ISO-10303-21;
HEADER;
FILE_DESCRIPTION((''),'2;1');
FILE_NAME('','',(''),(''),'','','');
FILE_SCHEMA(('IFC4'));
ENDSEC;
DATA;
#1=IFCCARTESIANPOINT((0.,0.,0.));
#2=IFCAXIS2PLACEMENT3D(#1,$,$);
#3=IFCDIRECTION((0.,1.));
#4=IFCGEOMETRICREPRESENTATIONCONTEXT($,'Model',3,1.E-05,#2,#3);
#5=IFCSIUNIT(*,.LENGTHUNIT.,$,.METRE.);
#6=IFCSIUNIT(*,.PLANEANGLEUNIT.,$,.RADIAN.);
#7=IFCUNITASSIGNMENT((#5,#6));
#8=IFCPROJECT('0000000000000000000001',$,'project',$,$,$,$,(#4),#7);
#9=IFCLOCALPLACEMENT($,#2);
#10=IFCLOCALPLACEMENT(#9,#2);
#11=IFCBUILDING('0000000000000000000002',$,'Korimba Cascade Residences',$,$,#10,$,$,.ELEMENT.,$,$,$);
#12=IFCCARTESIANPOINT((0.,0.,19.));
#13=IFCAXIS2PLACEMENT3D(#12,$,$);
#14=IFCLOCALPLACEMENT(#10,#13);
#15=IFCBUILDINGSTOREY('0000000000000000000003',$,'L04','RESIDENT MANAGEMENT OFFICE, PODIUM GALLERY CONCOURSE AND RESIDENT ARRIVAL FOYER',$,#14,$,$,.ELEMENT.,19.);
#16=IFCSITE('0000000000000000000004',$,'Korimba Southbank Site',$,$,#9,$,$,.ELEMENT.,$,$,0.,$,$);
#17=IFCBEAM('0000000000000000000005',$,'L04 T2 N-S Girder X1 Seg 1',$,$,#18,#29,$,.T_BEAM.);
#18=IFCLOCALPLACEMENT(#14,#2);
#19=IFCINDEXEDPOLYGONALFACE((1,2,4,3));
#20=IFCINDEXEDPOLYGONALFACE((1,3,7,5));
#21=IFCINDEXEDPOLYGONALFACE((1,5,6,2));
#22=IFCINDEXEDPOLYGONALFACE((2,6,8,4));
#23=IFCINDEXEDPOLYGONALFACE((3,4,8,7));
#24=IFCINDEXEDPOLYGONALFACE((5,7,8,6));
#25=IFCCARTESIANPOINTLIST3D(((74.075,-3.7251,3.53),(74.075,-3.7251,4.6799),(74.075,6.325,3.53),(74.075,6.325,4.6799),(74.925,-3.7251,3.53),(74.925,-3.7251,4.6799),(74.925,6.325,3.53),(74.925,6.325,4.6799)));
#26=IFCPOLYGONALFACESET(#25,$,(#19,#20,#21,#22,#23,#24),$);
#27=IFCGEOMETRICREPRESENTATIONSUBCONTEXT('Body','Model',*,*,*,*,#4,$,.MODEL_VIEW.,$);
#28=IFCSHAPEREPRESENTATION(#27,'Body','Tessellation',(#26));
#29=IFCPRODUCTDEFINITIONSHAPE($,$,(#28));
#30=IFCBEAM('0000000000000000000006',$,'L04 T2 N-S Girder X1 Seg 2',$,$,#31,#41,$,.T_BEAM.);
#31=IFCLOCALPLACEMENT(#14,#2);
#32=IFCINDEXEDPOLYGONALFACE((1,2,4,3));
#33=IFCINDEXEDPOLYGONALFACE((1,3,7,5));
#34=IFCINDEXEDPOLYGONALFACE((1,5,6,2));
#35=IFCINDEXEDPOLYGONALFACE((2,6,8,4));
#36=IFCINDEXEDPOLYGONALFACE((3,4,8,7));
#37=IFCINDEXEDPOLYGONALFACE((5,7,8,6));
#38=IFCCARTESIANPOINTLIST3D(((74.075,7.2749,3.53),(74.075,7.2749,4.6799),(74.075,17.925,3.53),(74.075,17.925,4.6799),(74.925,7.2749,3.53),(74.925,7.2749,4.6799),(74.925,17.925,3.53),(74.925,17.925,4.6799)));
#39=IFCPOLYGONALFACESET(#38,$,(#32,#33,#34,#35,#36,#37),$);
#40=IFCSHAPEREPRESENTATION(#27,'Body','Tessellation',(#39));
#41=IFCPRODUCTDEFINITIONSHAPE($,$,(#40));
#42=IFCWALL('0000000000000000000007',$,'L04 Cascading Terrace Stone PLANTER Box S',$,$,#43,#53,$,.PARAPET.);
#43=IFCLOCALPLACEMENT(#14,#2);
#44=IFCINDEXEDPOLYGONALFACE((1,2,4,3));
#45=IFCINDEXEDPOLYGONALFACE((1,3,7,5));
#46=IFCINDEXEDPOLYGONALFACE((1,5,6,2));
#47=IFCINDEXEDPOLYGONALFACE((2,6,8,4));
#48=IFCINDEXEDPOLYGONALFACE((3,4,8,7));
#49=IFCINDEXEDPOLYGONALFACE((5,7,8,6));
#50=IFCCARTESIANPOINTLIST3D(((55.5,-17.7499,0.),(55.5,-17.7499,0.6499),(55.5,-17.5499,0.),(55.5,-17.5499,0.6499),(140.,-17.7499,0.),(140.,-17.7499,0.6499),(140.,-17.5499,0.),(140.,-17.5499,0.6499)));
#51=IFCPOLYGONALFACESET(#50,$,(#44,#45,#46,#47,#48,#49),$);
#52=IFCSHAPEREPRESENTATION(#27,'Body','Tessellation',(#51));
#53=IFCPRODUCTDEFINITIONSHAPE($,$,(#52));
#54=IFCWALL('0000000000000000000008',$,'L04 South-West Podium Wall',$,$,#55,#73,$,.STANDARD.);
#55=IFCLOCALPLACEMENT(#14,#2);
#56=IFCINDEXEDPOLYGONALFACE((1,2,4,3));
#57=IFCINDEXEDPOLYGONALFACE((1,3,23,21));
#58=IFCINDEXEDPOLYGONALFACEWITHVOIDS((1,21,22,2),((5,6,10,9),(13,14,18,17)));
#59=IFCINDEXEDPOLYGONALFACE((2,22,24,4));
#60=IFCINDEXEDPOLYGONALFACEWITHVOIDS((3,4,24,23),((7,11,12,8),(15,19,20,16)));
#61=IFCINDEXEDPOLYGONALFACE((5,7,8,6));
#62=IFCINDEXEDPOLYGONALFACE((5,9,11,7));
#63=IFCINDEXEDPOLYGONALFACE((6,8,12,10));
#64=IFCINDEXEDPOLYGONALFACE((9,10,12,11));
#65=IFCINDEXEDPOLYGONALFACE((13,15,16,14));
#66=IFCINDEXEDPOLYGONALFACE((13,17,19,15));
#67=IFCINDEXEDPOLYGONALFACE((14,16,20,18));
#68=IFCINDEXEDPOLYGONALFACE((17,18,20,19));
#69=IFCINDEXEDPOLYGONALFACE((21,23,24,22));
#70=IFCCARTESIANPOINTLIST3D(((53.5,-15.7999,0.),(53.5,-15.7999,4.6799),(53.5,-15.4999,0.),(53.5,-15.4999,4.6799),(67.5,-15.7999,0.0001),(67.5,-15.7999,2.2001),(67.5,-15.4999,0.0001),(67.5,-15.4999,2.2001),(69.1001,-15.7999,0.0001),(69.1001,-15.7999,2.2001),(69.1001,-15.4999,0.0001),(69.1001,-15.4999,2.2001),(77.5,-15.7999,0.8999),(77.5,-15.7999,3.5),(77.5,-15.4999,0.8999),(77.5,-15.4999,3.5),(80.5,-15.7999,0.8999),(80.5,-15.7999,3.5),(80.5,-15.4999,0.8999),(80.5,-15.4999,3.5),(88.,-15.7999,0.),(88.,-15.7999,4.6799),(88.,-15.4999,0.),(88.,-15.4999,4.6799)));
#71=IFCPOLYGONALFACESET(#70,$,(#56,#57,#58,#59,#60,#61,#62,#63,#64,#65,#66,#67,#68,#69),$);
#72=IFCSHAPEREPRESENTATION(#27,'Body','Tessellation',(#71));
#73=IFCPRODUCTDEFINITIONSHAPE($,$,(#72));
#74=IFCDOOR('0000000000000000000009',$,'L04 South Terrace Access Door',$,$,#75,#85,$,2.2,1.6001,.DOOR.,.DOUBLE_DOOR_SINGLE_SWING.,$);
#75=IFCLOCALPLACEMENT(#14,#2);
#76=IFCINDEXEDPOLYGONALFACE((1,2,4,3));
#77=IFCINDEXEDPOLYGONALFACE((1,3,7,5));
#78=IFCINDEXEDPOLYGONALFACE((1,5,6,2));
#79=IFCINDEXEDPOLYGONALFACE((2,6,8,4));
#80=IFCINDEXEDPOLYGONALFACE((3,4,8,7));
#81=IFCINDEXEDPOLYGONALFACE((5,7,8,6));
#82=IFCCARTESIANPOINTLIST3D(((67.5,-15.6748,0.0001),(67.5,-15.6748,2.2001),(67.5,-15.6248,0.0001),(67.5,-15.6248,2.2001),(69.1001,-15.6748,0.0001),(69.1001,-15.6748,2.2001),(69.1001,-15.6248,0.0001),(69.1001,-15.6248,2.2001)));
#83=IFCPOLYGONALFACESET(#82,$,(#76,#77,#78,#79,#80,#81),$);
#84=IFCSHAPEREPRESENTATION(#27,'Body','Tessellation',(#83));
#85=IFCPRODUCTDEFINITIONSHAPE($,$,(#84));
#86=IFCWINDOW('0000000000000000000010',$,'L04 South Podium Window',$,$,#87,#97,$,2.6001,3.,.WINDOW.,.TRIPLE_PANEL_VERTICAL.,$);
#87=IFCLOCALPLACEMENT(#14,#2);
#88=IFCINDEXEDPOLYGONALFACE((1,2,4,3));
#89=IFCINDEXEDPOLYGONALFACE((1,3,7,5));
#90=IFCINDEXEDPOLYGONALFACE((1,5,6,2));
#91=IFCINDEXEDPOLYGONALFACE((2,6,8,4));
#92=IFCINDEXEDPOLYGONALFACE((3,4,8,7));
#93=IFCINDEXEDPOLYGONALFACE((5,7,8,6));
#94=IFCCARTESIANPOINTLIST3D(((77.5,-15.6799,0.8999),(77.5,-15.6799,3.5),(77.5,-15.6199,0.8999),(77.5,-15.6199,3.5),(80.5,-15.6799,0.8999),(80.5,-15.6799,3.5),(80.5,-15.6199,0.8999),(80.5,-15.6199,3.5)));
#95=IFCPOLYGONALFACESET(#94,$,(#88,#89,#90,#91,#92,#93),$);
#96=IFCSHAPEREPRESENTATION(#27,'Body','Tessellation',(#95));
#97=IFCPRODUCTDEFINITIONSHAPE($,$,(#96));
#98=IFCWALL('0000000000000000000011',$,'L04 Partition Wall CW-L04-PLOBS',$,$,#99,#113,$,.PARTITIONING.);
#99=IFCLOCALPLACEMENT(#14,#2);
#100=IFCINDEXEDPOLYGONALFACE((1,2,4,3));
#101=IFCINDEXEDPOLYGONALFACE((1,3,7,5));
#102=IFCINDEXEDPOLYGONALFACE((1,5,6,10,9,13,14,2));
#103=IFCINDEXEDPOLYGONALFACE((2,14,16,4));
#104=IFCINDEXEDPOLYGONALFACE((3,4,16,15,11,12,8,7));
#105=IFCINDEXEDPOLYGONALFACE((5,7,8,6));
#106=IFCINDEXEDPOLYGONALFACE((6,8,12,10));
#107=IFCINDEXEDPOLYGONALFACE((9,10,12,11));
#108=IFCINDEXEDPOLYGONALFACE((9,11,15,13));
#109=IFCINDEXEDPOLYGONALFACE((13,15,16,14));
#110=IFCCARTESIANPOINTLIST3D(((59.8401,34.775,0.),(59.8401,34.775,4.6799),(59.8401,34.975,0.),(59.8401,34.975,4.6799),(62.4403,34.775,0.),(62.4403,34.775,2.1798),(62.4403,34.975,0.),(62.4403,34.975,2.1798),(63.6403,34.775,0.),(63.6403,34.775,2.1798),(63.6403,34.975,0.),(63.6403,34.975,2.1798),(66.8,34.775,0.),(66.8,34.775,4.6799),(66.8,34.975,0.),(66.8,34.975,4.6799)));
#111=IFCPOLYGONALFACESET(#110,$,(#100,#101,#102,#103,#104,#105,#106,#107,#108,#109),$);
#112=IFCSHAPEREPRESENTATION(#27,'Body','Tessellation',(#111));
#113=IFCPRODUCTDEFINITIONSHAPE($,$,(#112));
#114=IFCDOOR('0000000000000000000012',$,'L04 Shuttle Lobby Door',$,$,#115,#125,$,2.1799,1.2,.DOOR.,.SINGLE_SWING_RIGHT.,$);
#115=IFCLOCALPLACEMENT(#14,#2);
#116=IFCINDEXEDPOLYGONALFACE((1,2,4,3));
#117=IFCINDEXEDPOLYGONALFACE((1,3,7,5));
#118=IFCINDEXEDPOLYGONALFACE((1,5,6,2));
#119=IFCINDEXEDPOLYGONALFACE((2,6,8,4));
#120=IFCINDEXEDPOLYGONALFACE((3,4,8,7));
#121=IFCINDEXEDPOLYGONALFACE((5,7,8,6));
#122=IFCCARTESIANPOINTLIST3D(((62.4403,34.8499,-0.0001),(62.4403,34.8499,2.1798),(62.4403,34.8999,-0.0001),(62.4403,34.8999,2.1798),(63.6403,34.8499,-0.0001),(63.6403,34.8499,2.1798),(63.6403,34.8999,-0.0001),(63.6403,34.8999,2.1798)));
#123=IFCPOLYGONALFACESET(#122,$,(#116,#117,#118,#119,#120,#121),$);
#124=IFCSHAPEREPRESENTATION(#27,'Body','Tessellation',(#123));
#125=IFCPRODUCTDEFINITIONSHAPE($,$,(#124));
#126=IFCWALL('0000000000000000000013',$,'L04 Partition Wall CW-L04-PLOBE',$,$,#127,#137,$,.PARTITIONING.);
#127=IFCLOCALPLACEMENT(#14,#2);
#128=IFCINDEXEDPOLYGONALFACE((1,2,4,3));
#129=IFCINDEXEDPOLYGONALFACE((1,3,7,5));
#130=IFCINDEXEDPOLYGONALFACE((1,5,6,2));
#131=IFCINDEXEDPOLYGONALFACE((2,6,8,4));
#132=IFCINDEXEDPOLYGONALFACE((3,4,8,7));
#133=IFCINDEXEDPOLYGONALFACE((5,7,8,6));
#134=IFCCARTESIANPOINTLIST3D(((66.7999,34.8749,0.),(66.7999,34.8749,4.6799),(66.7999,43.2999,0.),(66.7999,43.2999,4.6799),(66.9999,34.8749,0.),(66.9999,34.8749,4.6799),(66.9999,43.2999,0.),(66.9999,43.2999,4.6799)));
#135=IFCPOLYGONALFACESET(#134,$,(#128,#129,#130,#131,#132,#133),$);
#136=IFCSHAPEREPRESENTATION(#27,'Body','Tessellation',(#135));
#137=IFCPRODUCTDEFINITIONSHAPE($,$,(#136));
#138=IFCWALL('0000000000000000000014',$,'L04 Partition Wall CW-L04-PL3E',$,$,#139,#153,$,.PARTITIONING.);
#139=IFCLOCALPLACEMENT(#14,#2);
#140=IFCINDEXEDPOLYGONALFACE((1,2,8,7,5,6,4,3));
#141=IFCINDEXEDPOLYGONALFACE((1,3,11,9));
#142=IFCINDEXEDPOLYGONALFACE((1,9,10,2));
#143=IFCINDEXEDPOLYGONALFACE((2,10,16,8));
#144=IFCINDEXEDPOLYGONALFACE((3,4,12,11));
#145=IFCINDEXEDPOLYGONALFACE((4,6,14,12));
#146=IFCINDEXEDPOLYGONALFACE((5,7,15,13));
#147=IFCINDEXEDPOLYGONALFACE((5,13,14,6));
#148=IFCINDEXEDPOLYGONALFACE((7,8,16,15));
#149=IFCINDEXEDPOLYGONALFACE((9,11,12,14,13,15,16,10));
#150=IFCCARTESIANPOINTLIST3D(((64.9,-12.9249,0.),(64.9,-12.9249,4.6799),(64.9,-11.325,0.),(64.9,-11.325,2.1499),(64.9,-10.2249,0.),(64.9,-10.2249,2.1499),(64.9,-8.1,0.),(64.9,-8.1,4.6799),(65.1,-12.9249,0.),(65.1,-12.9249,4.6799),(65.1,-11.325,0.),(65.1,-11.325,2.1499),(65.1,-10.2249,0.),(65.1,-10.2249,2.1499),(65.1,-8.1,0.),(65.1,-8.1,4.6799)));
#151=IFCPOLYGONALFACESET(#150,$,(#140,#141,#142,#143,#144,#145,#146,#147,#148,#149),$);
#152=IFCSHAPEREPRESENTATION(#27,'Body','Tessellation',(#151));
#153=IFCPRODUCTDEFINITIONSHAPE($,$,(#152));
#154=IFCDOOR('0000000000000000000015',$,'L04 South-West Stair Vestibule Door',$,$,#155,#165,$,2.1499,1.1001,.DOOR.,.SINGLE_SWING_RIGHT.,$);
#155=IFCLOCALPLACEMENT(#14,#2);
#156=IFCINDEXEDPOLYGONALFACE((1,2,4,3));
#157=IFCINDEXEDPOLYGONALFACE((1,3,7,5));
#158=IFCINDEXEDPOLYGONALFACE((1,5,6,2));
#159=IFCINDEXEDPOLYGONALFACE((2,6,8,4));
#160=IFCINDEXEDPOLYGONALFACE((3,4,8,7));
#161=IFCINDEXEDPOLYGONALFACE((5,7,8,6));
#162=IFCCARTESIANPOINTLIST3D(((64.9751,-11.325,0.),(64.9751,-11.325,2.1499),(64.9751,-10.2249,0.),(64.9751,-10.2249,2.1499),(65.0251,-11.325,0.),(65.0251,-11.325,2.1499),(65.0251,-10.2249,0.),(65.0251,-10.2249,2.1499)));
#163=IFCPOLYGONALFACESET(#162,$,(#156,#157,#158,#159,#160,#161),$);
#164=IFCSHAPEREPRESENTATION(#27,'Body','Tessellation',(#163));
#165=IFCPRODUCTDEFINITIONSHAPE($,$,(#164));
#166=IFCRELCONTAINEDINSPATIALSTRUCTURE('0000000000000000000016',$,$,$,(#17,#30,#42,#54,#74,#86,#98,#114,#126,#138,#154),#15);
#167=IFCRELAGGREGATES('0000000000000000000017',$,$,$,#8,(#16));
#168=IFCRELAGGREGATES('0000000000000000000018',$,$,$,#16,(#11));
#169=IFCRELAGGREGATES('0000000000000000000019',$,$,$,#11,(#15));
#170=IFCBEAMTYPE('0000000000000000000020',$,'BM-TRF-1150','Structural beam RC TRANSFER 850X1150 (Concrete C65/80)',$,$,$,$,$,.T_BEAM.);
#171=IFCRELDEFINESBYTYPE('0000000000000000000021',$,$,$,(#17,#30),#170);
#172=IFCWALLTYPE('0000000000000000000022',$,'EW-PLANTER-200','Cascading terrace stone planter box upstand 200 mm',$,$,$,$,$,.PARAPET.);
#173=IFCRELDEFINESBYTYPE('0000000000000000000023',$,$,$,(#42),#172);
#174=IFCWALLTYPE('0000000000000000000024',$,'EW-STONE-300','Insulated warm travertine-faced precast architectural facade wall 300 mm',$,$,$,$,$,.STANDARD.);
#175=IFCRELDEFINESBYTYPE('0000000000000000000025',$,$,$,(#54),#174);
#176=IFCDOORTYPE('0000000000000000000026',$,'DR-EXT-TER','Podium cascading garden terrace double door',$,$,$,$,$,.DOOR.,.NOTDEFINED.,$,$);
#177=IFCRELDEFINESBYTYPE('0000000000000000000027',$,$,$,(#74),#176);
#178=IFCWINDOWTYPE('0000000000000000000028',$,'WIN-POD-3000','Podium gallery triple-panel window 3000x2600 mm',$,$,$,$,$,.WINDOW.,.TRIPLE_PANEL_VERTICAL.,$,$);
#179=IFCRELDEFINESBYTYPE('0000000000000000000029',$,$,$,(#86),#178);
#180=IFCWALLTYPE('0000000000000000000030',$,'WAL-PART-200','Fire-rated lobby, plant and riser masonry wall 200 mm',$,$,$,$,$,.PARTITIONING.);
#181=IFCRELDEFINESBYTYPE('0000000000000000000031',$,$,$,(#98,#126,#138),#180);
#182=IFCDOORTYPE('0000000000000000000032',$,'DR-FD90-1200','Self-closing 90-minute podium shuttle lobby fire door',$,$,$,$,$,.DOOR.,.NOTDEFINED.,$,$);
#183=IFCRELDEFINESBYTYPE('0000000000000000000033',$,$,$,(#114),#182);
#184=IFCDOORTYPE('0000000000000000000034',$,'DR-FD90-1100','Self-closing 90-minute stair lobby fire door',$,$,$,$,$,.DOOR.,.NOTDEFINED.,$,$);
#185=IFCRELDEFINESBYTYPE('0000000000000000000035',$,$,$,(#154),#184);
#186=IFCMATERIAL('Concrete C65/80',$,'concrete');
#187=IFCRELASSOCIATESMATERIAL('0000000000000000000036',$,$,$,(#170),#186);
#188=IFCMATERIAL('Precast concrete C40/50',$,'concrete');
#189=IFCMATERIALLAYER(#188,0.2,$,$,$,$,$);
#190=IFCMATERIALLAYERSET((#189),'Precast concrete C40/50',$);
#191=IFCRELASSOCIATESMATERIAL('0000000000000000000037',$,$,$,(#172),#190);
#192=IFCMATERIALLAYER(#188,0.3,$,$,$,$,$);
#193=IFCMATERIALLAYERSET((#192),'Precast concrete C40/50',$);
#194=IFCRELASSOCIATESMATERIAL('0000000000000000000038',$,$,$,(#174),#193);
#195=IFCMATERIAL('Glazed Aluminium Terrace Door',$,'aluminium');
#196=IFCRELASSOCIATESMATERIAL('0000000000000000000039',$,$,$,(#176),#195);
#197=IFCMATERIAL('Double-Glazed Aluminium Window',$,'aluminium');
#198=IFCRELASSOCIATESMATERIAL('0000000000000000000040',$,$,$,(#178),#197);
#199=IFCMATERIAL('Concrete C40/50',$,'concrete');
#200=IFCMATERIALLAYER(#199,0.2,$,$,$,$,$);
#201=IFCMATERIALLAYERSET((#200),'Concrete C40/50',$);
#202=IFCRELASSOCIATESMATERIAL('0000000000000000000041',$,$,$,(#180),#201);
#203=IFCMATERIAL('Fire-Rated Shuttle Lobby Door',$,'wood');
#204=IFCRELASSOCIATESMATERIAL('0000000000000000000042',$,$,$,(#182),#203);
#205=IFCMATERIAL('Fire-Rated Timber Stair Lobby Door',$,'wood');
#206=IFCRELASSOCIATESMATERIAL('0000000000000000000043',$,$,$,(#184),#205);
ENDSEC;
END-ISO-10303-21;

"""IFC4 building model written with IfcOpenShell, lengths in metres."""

from ifc_helpers import new_model, si_unit, direction, frame, frame_2d, origin, origin_2d, place, context, subcontext, project, spatial, rectangle, extrude, material, layer, layer_set, material_profile, profile_set, type_object, element, fill, save


model = new_model("IFC4")

# Units and contexts
model_context = context("Model", 3, precision=1e-05, world=origin(), true_north=direction((0.0, 1.0)))
body_context = subcontext(model_context, "Body", "Model", "MODEL_VIEW")
ifc_project = project(units=[si_unit("LENGTHUNIT", "METRE"), si_unit("PLANEANGLEUNIT", "RADIAN")], contexts=[model_context])

# Site, building, storey
site_placement = place(None, origin())
site = spatial("IfcSite", under=ifc_project, at=site_placement, Name="Korimba Southbank Site", CompositionType="ELEMENT", RefElevation=0.0)
building_placement = place(site_placement, origin())
building = spatial("IfcBuilding", under=site, at=building_placement, Name="Korimba Cascade Residences", CompositionType="ELEMENT")
storey_placement = place(building_placement, frame((0.0, 0.0, 19.0)))
storey = spatial("IfcBuildingStorey", under=building, at=storey_placement, Name="L04", Description="RESIDENT MANAGEMENT OFFICE, PODIUM GALLERY CONCOURSE AND RESIDENT ARRIVAL FOYER", CompositionType="ELEMENT", Elevation=19.0)

# Beams
ifc_material_1 = material(Name="Concrete C65/80", Category="concrete")
ifc_material_profile_1 = material_profile(ifc_material_1, rectangle(XDim=0.8501, YDim=1.1499, at=origin_2d()), Name="Concrete C65/80")
ifc_profile_set_1 = profile_set([ifc_material_profile_1], Name="Concrete C65/80")
beam_type_1 = type_object("IfcBeamType", Name="BM-TRF-1150", Description="Structural beam RC TRANSFER 850X1150 (Concrete C65/80)", PredefinedType="T_BEAM", material=ifc_profile_set_1)
beam_1_placement = place(storey_placement, frame((74.5, -3.7251, 4.105), z_axis=(0.0, 1.0, 0.0), x_axis=(-1.0, 0.0, 0.0)))
element("IfcBeam", 1, at=beam_1_placement, inside=storey, type_object=beam_type_1, Name="L04 T2 N-S Girder X1 Seg 1", PredefinedType="T_BEAM", context=body_context, shape_type="SweptSolid", body=[
    extrude(rectangle(XDim=0.8501, YDim=1.1499, at=origin_2d()), origin(), (0.0, 0.0, 1.0), 10.05),
])
beam_2_placement = place(storey_placement, frame((74.5, 7.2749, 4.105), z_axis=(0.0, 1.0, 0.0), x_axis=(-1.0, 0.0, 0.0)))
element("IfcBeam", 2, at=beam_2_placement, inside=storey, type_object=beam_type_1, Name="L04 T2 N-S Girder X1 Seg 2", PredefinedType="T_BEAM", context=body_context, shape_type="SweptSolid", body=[
    extrude(rectangle(XDim=0.8501, YDim=1.1499, at=origin_2d()), origin(), (0.0, 0.0, 1.0), 10.6501),
])

# Wall
ifc_material_2 = material(Name="Precast concrete C40/50", Category="concrete")
ifc_layer_1 = layer(ifc_material_2, 0.2)
ifc_layer_set_1 = layer_set([ifc_layer_1], Name="Precast concrete C40/50")
wall_type_1 = type_object("IfcWallType", Name="EW-PLANTER-200", Description="Cascading terrace stone planter box upstand 200 mm", PredefinedType="PARAPET", material=ifc_layer_set_1)
wall_1_placement = place(storey_placement, frame((55.5, -17.6499, 0.0), z_axis=(0.0, 0.0, 1.0), x_axis=(1.0, 0.0, 0.0)))
element("IfcWall", 3, at=wall_1_placement, inside=storey, type_object=wall_type_1, Name="L04 Cascading Terrace Stone PLANTER Box S", PredefinedType="PARAPET", context=body_context, shape_type="SweptSolid", body=[
    extrude(rectangle(XDim=84.5, YDim=0.2, at=frame_2d((42.25, 0.0))), origin(), (0.0, 0.0, 1.0), 0.6499),
])

# Wall, openings, door, window
ifc_layer_2 = layer(ifc_material_2, 0.3)
ifc_layer_set_2 = layer_set([ifc_layer_2], Name="Precast concrete C40/50")
wall_type_2 = type_object("IfcWallType", Name="EW-STONE-300", Description="Insulated warm travertine-faced precast architectural facade wall 300 mm", PredefinedType="STANDARD", material=ifc_layer_set_2)
wall_2_placement = place(storey_placement, frame((53.5, -15.6499, 0.0), z_axis=(0.0, 0.0, 1.0), x_axis=(1.0, 0.0, 0.0)))
wall_2 = element("IfcWall", 4, at=wall_2_placement, inside=storey, type_object=wall_type_2, Name="L04 South-West Podium Wall", PredefinedType="STANDARD", context=body_context, shape_type="SweptSolid", body=[
    extrude(rectangle(XDim=34.5, YDim=0.3, at=frame_2d((17.25, 0.0))), origin(), (0.0, 0.0, 1.0), 4.6799),
])
opening_1_placement = place(wall_2_placement, frame((14.0, 0.0, 0.0)))
opening_1 = element("IfcOpeningElement", 5, at=opening_1_placement, cuts=wall_2, PredefinedType="OPENING", context=body_context, shape_type="SweptSolid", body=[
    extrude(rectangle(XDim=1.6001, YDim=2.2, at=frame_2d((0.8, 1.1001))), frame((0.0, 0.1602, 0.0), z_axis=(0.0, -1.0, 0.0), x_axis=(1.0, 0.0, 0.0)), (0.0, 0.0, 1.0), 0.3201),
])
opening_2_placement = place(wall_2_placement, frame((24.0, 0.0, 0.8999)))
opening_2 = element("IfcOpeningElement", 6, at=opening_2_placement, cuts=wall_2, PredefinedType="OPENING", context=body_context, shape_type="SweptSolid", body=[
    extrude(rectangle(XDim=3.0, YDim=2.6001, at=frame_2d((1.5, 1.3))), frame((0.0, 0.1602, 0.0), z_axis=(0.0, -1.0, 0.0), x_axis=(1.0, 0.0, 0.0)), (0.0, 0.0, 1.0), 0.3201),
])
ifc_material_3 = material(Name="Glazed Aluminium Terrace Door", Category="aluminium")
door_type_1 = type_object("IfcDoorType", Name="DR-EXT-TER", Description="Podium cascading garden terrace double door", OperationType="NOTDEFINED", PredefinedType="DOOR", material=ifc_material_3)
door_1_placement = place(opening_1_placement, frame((1.6001, 0.0, 0.0), z_axis=(0.0, 0.0, 1.0), x_axis=(-1.0, 0.0, 0.0)))
door_1 = element("IfcDoor", 7, at=door_1_placement, inside=storey, type_object=door_type_1, Name="L04 South Terrace Access Door", OperationType="DOUBLE_DOOR_SINGLE_SWING", OverallHeight=2.2, OverallWidth=1.6001, PredefinedType="DOOR", context=body_context, shape_type="SweptSolid", body=[
    extrude(rectangle(XDim=1.6001, YDim=2.2, at=frame_2d((0.8, 1.1001))), frame((0.0, 0.0249, 0.0), z_axis=(0.0, -1.0, 0.0), x_axis=(1.0, 0.0, 0.0)), (0.0, 0.0, 1.0), 0.05),
])
fill(opening_1, door_1)
ifc_material_4 = material(Name="Double-Glazed Aluminium Window", Category="aluminium")
window_type = type_object("IfcWindowType", Name="WIN-POD-3000", Description="Podium gallery triple-panel window 3000x2600 mm", PartitioningType="TRIPLE_PANEL_VERTICAL", PredefinedType="WINDOW", material=ifc_material_4)
window_placement = place(opening_2_placement, origin())
window = element("IfcWindow", 8, at=window_placement, inside=storey, type_object=window_type, Name="L04 South Podium Window", OverallHeight=2.6001, OverallWidth=3.0, PartitioningType="TRIPLE_PANEL_VERTICAL", PredefinedType="WINDOW", context=body_context, shape_type="SweptSolid", body=[
    extrude(rectangle(XDim=3.0, YDim=2.6001, at=frame_2d((1.5, 1.3))), frame((0.0, 0.03, 0.0), z_axis=(0.0, -1.0, 0.0), x_axis=(1.0, 0.0, 0.0)), (0.0, 0.0, 1.0), 0.0601),
])
fill(opening_2, window)

# Wall, opening, door
ifc_material_5 = material(Name="Concrete C40/50", Category="concrete")
ifc_layer_3 = layer(ifc_material_5, 0.2)
ifc_layer_set_3 = layer_set([ifc_layer_3], Name="Concrete C40/50")
wall_type_3 = type_object("IfcWallType", Name="WAL-PART-200", Description="Fire-rated lobby, plant and riser masonry wall 200 mm", PredefinedType="PARTITIONING", material=ifc_layer_set_3)
wall_3_placement = place(storey_placement, frame((59.8401, 34.875, 0.0), z_axis=(0.0, 0.0, 1.0), x_axis=(1.0, 0.0, 0.0)))
wall_3 = element("IfcWall", 9, at=wall_3_placement, inside=storey, type_object=wall_type_3, Name="L04 Partition Wall CW-L04-PLOBS", PredefinedType="PARTITIONING", context=body_context, shape_type="SweptSolid", body=[
    extrude(rectangle(XDim=6.96, YDim=0.2, at=frame_2d((3.48, 0.0))), origin(), (0.0, 0.0, 1.0), 4.6799),
])
opening_3_placement = place(wall_3_placement, frame((2.6001, 0.0, 0.0)))
opening_3 = element("IfcOpeningElement", 10, at=opening_3_placement, cuts=wall_3, PredefinedType="OPENING", context=body_context, shape_type="SweptSolid", body=[
    extrude(rectangle(XDim=1.2, YDim=2.1799, at=frame_2d((0.6001, 1.0898))), frame((0.0, 0.1099, 0.0), z_axis=(0.0, -1.0, 0.0), x_axis=(1.0, 0.0, 0.0)), (0.0, 0.0, 1.0), 0.22),
])
ifc_material_6 = material(Name="Fire-Rated Shuttle Lobby Door", Category="wood")
door_type_2 = type_object("IfcDoorType", Name="DR-FD90-1200", Description="Self-closing 90-minute podium shuttle lobby fire door", OperationType="NOTDEFINED", PredefinedType="DOOR", material=ifc_material_6)
door_2_placement = place(opening_3_placement, origin())
door_2 = element("IfcDoor", 11, at=door_2_placement, inside=storey, type_object=door_type_2, Name="L04 Shuttle Lobby Door", OperationType="SINGLE_SWING_RIGHT", OverallHeight=2.1799, OverallWidth=1.2, PredefinedType="DOOR", context=body_context, shape_type="SweptSolid", body=[
    extrude(rectangle(XDim=1.2, YDim=2.1799, at=frame_2d((0.6001, 1.0898))), frame((0.0, 0.0249, 0.0), z_axis=(0.0, -1.0, 0.0), x_axis=(1.0, 0.0, 0.0)), (0.0, 0.0, 1.0), 0.05),
])
fill(opening_3, door_2)

# Wall
wall_4_placement = place(storey_placement, frame((66.8999, 34.875, 0.0), z_axis=(0.0, 0.0, 1.0), x_axis=(0.0, 1.0, 0.0)))
element("IfcWall", 12, at=wall_4_placement, inside=storey, type_object=wall_type_3, Name="L04 Partition Wall CW-L04-PLOBE", PredefinedType="PARTITIONING", context=body_context, shape_type="SweptSolid", body=[
    extrude(rectangle(XDim=8.425, YDim=0.2, at=frame_2d((4.2124, 0.0))), origin(), (0.0, 0.0, 1.0), 4.6799),
])

# Wall, opening, door
wall_5_placement = place(storey_placement, frame((65.0, -12.925, 0.0), z_axis=(0.0, 0.0, 1.0), x_axis=(0.0, 1.0, 0.0)))
wall_5 = element("IfcWall", 13, at=wall_5_placement, inside=storey, type_object=wall_type_3, Name="L04 Partition Wall CW-L04-PL3E", PredefinedType="PARTITIONING", context=body_context, shape_type="SweptSolid", body=[
    extrude(rectangle(XDim=4.825, YDim=0.2, at=frame_2d((2.4126, 0.0))), origin(), (0.0, 0.0, 1.0), 4.6799),
])
opening_4_placement = place(wall_5_placement, frame((1.6001, 0.0, 0.0)))
opening_4 = element("IfcOpeningElement", 14, at=opening_4_placement, cuts=wall_5, PredefinedType="OPENING", context=body_context, shape_type="SweptSolid", body=[
    extrude(rectangle(XDim=1.1001, YDim=2.1499, at=frame_2d((0.55, 1.075))), frame((0.0, 0.1099, 0.0), z_axis=(0.0, -1.0, 0.0), x_axis=(1.0, 0.0, 0.0)), (0.0, 0.0, 1.0), 0.22),
])
ifc_material_7 = material(Name="Fire-Rated Timber Stair Lobby Door", Category="wood")
door_type_3 = type_object("IfcDoorType", Name="DR-FD90-1100", Description="Self-closing 90-minute stair lobby fire door", OperationType="NOTDEFINED", PredefinedType="DOOR", material=ifc_material_7)
door_3_placement = place(opening_4_placement, origin())
door_3 = element("IfcDoor", 15, at=door_3_placement, inside=storey, type_object=door_type_3, Name="L04 South-West Stair Vestibule Door", OperationType="SINGLE_SWING_RIGHT", OverallHeight=2.1499, OverallWidth=1.1001, PredefinedType="DOOR", context=body_context, shape_type="SweptSolid", body=[
    extrude(rectangle(XDim=1.1001, YDim=2.1499, at=frame_2d((0.55, 1.075))), frame((0.0, 0.0249, 0.0), z_axis=(0.0, -1.0, 0.0), x_axis=(1.0, 0.0, 0.0)), (0.0, 0.0, 1.0), 0.05),
])
fill(opening_4, door_3)

save(model, "model.ifc")
